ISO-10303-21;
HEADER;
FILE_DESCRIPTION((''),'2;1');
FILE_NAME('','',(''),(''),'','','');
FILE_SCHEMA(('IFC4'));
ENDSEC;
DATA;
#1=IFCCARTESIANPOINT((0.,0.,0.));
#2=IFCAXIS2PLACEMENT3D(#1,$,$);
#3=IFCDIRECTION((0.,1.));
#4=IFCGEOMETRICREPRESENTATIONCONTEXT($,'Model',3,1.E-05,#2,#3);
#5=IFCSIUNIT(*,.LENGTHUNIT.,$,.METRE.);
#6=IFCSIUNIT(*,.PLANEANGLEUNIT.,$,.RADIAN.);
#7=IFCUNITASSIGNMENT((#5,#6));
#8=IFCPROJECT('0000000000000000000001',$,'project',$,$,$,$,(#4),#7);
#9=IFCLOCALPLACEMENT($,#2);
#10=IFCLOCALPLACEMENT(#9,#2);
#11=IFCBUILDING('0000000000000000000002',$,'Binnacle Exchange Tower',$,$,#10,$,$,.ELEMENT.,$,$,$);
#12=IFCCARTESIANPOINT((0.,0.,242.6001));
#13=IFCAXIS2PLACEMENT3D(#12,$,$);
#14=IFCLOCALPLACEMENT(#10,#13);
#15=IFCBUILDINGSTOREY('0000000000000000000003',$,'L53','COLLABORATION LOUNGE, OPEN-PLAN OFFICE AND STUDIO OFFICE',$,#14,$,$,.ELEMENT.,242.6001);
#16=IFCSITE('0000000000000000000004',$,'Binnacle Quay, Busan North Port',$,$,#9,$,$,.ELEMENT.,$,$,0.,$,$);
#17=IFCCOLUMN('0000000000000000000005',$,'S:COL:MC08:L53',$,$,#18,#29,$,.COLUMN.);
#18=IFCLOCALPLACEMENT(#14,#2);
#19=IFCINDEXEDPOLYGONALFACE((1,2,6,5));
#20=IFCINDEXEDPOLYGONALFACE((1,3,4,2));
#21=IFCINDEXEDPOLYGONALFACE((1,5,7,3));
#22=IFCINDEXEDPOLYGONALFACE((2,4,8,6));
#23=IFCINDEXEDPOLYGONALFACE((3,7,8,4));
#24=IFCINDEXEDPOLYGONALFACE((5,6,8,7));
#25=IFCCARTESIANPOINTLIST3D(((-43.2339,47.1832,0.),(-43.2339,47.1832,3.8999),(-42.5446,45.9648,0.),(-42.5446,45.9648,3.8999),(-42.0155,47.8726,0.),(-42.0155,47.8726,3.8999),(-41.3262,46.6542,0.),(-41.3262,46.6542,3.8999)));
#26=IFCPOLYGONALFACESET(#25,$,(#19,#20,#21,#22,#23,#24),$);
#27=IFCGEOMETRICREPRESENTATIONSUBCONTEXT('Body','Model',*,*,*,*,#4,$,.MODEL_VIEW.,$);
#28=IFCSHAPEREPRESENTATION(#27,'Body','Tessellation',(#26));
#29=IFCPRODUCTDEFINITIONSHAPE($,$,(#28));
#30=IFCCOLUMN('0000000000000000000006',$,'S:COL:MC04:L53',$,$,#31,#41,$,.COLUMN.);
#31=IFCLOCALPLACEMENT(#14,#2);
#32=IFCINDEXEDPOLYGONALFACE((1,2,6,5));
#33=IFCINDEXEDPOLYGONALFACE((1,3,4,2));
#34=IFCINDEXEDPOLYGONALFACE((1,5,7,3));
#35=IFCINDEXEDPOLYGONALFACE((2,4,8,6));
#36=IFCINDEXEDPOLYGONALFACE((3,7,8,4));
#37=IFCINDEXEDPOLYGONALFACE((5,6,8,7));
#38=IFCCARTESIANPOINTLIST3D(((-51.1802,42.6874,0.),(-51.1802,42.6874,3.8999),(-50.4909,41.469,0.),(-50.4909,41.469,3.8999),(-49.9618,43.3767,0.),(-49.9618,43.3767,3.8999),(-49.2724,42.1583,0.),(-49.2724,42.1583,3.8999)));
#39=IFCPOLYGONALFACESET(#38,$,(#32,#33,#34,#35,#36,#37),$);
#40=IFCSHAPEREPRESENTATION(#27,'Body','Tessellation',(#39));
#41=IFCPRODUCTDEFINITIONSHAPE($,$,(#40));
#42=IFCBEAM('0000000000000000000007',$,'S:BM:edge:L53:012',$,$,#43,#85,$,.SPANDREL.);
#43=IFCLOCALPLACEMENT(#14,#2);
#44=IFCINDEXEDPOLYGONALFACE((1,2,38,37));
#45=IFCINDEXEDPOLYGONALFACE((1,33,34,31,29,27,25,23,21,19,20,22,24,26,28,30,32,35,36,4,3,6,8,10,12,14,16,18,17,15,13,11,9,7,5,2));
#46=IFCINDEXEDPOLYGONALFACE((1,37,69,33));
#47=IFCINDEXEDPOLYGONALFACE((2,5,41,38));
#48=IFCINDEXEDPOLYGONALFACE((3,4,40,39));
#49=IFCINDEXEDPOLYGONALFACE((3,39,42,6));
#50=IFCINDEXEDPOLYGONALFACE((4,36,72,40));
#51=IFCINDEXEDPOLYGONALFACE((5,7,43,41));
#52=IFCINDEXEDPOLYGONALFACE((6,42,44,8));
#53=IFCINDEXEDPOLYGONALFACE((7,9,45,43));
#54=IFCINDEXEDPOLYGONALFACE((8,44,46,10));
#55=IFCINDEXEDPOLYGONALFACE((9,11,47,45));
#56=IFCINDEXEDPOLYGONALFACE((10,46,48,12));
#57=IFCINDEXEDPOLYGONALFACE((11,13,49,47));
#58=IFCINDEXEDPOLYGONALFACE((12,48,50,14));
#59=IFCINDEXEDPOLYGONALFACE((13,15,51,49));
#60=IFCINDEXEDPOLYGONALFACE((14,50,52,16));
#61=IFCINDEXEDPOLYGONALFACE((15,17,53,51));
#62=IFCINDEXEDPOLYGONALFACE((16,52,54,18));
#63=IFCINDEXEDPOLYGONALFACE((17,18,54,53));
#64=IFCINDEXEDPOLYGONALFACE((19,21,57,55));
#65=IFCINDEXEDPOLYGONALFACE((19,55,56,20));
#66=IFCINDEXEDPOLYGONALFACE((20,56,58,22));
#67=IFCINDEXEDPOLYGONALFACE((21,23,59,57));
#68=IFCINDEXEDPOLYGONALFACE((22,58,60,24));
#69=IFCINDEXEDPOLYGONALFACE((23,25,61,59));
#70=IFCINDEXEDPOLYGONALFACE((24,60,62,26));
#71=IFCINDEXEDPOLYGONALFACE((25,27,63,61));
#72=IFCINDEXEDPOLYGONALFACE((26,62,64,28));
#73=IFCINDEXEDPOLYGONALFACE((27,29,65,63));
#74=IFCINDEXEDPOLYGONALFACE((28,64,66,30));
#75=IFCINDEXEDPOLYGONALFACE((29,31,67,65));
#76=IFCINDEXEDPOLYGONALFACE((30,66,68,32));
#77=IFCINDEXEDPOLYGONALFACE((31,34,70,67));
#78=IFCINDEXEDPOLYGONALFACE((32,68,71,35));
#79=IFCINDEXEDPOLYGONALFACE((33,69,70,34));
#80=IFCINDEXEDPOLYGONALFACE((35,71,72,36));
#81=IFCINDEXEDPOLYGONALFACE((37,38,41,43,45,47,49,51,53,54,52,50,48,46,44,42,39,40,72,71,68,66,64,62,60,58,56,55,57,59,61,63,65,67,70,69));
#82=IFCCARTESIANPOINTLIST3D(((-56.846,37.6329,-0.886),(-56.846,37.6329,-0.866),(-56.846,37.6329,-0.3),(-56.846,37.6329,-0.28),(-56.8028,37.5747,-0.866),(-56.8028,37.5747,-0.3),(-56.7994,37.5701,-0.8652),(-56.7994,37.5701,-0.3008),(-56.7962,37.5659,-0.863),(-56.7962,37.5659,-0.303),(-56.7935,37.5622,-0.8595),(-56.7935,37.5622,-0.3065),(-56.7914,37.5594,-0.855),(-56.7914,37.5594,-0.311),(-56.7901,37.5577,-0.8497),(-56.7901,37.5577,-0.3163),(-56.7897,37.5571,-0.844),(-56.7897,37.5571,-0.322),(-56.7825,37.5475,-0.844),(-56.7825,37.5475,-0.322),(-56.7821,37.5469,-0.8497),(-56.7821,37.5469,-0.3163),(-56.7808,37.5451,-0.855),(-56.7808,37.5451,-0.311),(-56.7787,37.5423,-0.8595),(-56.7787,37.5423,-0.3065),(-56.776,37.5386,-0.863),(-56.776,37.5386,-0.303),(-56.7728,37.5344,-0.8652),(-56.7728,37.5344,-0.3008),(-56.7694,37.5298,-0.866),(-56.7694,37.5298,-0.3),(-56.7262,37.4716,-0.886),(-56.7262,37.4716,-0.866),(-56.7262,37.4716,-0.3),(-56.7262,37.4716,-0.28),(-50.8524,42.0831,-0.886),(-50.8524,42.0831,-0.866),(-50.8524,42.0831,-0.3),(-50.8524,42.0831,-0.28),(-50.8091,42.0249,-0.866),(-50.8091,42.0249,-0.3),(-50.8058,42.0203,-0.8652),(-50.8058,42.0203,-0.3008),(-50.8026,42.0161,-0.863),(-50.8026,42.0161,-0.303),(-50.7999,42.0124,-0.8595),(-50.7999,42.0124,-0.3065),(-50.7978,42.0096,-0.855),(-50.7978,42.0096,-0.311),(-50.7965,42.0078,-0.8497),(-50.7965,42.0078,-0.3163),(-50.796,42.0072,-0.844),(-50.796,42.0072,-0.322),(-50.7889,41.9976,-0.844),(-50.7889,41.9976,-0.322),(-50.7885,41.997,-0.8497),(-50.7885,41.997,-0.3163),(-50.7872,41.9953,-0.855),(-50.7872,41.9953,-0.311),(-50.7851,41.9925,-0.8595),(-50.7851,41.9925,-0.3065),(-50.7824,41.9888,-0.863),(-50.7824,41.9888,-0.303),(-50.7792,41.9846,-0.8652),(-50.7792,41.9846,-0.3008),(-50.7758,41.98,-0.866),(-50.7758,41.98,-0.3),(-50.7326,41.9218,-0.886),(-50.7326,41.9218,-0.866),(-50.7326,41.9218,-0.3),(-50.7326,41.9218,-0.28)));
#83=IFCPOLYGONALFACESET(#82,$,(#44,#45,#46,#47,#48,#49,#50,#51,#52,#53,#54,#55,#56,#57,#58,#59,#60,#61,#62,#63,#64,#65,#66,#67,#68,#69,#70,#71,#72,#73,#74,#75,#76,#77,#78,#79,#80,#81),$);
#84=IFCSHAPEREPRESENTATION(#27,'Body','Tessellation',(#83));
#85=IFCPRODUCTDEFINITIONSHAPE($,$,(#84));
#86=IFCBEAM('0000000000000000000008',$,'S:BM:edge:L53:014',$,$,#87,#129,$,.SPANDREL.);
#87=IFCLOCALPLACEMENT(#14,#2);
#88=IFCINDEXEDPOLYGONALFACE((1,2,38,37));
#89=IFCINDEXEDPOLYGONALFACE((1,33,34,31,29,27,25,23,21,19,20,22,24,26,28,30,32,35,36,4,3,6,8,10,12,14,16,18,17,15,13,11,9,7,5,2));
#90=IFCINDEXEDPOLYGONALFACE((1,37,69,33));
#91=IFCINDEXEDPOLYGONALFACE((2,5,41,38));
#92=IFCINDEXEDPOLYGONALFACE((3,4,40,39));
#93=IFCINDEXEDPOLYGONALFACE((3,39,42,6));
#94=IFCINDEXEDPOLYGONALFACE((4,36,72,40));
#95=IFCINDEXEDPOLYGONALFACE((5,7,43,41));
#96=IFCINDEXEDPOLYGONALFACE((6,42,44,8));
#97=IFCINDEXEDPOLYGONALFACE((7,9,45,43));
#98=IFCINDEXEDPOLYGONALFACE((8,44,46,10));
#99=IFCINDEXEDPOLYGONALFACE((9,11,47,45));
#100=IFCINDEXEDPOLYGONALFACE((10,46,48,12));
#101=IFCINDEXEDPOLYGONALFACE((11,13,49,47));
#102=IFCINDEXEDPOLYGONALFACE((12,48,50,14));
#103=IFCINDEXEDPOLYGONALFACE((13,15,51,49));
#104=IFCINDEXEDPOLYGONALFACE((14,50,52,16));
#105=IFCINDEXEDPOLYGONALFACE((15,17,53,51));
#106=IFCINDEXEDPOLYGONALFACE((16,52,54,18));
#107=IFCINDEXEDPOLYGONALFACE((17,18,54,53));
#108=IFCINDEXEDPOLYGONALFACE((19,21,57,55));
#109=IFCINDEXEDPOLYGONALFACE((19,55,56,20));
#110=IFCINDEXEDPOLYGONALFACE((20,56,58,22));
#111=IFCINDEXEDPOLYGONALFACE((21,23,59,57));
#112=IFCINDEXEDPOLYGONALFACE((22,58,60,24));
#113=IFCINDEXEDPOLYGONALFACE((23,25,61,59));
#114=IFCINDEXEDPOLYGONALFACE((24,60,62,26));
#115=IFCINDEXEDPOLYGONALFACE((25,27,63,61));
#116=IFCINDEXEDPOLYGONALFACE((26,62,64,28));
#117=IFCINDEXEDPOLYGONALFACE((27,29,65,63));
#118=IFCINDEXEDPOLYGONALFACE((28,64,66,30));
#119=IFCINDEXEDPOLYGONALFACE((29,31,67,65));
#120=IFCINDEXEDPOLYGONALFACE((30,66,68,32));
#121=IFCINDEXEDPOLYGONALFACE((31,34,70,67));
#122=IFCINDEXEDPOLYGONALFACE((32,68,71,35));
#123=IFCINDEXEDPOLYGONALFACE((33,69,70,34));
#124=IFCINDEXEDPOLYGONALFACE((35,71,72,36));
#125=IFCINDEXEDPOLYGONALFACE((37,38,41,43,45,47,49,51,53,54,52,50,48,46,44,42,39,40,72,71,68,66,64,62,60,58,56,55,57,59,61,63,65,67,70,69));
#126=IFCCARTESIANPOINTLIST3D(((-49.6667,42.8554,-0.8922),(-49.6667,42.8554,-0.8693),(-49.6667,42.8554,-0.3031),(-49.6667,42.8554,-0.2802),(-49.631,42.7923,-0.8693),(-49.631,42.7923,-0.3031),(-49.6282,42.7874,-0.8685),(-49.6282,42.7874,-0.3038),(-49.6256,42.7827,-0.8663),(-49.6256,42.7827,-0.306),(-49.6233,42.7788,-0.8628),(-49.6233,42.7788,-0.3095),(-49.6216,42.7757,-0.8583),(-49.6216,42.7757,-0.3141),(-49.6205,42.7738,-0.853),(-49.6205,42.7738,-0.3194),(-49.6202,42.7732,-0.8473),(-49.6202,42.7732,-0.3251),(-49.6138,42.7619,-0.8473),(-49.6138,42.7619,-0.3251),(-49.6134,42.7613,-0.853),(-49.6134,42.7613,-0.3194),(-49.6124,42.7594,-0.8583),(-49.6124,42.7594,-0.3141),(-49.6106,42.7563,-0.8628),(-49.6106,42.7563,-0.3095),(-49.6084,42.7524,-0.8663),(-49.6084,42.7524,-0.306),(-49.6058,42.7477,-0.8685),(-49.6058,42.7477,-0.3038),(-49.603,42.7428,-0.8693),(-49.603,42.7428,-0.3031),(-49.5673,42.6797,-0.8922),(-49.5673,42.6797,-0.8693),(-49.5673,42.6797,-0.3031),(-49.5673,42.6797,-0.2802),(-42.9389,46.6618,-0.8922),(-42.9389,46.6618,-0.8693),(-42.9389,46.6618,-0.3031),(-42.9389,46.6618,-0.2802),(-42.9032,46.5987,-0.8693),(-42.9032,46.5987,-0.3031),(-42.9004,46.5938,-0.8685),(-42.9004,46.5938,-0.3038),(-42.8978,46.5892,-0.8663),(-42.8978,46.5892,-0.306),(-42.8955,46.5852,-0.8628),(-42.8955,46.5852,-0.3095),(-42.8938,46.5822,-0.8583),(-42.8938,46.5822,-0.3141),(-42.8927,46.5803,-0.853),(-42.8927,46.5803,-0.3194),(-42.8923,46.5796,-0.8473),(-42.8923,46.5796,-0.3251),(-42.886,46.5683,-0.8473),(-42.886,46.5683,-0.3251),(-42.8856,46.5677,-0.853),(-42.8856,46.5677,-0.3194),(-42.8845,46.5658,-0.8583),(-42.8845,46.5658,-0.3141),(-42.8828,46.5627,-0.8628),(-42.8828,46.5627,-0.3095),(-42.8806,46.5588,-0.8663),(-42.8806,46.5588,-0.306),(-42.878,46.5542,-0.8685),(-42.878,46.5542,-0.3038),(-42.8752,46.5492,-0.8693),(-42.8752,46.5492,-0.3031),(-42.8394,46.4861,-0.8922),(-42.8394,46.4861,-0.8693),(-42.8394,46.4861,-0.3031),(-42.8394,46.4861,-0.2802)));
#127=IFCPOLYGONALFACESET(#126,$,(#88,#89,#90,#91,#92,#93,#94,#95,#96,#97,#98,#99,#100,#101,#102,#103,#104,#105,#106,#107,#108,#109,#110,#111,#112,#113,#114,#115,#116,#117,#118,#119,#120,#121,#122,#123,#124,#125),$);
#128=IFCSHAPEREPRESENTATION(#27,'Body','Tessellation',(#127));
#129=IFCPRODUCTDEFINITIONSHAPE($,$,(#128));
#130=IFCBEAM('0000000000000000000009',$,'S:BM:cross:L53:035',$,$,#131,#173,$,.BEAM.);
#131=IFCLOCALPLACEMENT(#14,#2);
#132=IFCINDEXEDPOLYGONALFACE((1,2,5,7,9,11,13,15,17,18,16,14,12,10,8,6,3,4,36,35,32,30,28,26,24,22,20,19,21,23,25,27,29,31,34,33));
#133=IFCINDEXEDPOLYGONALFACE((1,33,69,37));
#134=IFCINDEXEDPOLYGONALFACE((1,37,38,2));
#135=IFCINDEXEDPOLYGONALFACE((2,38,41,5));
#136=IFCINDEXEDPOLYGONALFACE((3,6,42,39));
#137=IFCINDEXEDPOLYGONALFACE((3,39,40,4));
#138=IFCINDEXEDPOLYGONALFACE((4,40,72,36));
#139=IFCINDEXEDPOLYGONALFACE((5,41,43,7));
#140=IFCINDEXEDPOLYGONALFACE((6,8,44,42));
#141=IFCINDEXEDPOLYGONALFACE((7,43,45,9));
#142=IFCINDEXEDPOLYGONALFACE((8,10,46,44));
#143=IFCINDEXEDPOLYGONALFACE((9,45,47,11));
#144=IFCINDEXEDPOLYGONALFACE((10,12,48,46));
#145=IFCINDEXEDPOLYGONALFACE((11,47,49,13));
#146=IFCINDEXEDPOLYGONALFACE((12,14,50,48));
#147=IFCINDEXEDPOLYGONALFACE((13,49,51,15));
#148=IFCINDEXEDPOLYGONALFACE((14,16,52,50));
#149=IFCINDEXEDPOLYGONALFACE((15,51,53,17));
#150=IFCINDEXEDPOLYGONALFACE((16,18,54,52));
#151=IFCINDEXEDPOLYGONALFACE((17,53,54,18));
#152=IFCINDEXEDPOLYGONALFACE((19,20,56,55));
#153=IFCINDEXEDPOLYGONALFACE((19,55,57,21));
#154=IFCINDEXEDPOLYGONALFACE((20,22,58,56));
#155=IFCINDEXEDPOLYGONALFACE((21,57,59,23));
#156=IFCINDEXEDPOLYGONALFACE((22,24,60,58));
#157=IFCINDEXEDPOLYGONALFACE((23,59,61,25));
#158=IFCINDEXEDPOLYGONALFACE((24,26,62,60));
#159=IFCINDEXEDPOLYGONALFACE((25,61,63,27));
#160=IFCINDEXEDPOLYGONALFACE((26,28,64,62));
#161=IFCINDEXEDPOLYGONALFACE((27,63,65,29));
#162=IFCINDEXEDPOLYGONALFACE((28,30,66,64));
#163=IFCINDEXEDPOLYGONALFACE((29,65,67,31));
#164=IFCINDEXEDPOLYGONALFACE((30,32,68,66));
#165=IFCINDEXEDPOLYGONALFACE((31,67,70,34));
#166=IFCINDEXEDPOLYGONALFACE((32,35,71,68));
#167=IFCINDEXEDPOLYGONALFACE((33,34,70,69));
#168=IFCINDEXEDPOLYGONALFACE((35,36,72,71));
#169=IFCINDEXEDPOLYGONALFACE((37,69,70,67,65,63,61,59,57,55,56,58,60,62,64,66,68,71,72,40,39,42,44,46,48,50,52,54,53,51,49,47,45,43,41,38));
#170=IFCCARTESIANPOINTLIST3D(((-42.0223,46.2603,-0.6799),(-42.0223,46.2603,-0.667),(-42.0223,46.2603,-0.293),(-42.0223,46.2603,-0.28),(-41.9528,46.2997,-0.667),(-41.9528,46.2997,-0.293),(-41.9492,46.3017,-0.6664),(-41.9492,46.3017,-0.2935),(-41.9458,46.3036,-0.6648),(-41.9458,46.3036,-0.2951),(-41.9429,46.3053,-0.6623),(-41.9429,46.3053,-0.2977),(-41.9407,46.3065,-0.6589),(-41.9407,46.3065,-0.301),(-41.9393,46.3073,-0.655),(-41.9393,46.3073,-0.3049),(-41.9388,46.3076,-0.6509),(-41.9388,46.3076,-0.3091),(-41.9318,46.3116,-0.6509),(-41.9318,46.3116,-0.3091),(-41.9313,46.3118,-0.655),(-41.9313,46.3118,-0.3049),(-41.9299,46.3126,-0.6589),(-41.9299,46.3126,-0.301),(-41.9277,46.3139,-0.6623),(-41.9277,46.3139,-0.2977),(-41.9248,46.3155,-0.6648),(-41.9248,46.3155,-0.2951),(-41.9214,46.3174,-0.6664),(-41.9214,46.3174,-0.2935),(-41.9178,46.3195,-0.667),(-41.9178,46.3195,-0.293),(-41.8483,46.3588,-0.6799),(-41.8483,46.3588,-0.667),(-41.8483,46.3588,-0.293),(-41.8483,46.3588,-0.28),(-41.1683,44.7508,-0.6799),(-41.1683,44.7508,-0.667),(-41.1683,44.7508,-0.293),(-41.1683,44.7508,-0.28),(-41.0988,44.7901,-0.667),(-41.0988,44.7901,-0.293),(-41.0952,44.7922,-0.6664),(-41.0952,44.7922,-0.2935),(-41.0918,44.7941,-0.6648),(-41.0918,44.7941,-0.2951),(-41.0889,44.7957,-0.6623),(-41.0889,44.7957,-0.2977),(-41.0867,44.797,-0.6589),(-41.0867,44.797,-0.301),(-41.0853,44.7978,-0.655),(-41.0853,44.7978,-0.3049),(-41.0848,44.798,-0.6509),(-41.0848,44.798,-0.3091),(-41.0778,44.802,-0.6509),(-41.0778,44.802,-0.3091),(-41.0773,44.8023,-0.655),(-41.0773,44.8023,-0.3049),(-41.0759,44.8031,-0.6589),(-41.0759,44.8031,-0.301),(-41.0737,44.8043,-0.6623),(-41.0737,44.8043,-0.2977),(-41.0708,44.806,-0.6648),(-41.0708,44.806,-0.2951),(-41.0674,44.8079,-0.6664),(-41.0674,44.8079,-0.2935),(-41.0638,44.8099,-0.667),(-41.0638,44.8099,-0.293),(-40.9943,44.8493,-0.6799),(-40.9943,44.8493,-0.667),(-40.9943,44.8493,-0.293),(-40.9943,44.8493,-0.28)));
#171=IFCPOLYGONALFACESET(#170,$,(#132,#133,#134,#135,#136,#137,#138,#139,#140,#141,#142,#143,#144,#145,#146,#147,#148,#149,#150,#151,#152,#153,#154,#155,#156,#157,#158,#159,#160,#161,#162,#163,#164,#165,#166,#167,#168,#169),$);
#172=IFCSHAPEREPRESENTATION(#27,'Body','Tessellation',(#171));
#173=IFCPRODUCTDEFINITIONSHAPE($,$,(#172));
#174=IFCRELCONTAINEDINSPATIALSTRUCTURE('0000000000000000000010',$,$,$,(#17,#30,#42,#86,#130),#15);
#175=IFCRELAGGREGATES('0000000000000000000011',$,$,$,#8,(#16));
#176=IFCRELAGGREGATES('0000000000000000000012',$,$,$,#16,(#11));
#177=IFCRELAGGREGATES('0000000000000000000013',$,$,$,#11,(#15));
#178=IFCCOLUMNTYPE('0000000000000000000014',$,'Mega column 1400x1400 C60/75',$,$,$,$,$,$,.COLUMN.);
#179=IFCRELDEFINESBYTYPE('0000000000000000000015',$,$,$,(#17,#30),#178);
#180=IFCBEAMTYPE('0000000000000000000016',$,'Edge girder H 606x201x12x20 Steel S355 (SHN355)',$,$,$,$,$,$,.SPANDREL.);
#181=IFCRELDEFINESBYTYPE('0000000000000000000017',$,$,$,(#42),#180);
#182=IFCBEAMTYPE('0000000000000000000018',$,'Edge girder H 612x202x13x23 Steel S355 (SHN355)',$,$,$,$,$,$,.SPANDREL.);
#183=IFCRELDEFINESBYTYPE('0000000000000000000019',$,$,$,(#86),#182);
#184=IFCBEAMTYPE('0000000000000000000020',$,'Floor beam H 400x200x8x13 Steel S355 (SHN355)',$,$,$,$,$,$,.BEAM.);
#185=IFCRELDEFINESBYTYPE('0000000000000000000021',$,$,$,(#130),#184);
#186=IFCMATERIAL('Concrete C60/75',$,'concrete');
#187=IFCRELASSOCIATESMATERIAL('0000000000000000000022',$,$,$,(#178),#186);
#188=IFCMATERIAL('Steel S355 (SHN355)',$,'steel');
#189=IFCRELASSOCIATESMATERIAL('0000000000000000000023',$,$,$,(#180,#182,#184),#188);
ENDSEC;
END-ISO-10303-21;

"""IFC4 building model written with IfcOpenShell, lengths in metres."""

from ifc_helpers import new_model, si_unit, direction, frame, origin, origin_2d, place, context, subcontext, project, spatial, rectangle, i_section, extrude, material, material_profile, profile_set, type_object, element, save


model = new_model("IFC4")

# Units and contexts
model_context = context("Model", 3, precision=1e-05, world=origin(), true_north=direction((0.0, 1.0)))
body_context = subcontext(model_context, "Body", "Model", "MODEL_VIEW")
ifc_project = project(units=[si_unit("LENGTHUNIT", "METRE"), si_unit("PLANEANGLEUNIT", "RADIAN")], contexts=[model_context])

# Site, building, storey
site_placement = place(None, origin())
site = spatial("IfcSite", under=ifc_project, at=site_placement, Name="Binnacle Quay, Busan North Port", CompositionType="ELEMENT", RefElevation=0.0)
building_placement = place(site_placement, origin())
building = spatial("IfcBuilding", under=site, at=building_placement, Name="Binnacle Exchange Tower", CompositionType="ELEMENT")
storey_placement = place(building_placement, frame((0.0, 0.0, 242.6001)))
storey = spatial("IfcBuildingStorey", under=building, at=storey_placement, Name="L53", Description="COLLABORATION LOUNGE, OPEN-PLAN OFFICE AND STUDIO OFFICE", CompositionType="ELEMENT", Elevation=242.6001)

# Columns
ifc_material_1 = material(Name="Concrete C60/75", Category="concrete")
ifc_material_profile_1 = material_profile(ifc_material_1, rectangle(XDim=1.3999, YDim=1.3999, at=origin_2d()), Name="Mega column 1400x1400 C60/75")
ifc_profile_set_1 = profile_set([ifc_material_profile_1], Name="Concrete C60/75")
column_type = type_object("IfcColumnType", Name="Mega column 1400x1400 C60/75", PredefinedType="COLUMN", material=ifc_profile_set_1)
for number, where, z_axis, x_axis, name in (
    (1, (-42.28, 46.9187, 0.0), (0.0, 0.0, 1.0), (-0.870356, -0.492424, 0.0), "S:COL:MC08:L53"),
    (2, (-50.2263, 42.4229, 0.0), (0.0, 0.0, 1.0), (-0.870356, -0.492424, 0.0), "S:COL:MC04:L53"),
):
    element("IfcColumn", number, at=place(storey_placement, frame(where, z_axis=z_axis, x_axis=x_axis)), inside=storey, type_object=column_type, Name=name, PredefinedType="COLUMN", context=body_context, shape_type="SweptSolid", body=[
        extrude(rectangle(XDim=1.3999, YDim=1.3999, at=origin_2d()), origin(), (0.0, 0.0, 1.0), 3.8999),
    ])

# Beams
ifc_material_2 = material(Name="Steel S355 (SHN355)", Category="steel")
ifc_material_profile_2 = material_profile(ifc_material_2, i_section(OverallWidth=0.2009, OverallDepth=0.606, WebThickness=0.012, FlangeThickness=0.02, FilletRadius=0.022, at=origin_2d()), Name="H 606x201x12x20")
ifc_profile_set_2 = profile_set([ifc_material_profile_2], Name="Steel S355 (SHN355)")
beam_type_1 = type_object("IfcBeamType", Name="Edge girder H 606x201x12x20 Steel S355 (SHN355)", PredefinedType="SPANDREL", material=ifc_profile_set_2)
beam_1_placement = place(storey_placement, frame((-50.7925, 42.0024, -0.583), z_axis=(-0.802887, -0.596131, 0.0), x_axis=(0.596131, -0.802887, 0.0)))
element("IfcBeam", 3, at=beam_1_placement, inside=storey, type_object=beam_type_1, Name="S:BM:edge:L53:012", PredefinedType="SPANDREL", context=body_context, shape_type="SweptSolid", body=[
    extrude(i_section(OverallWidth=0.2009, OverallDepth=0.606, WebThickness=0.012, FlangeThickness=0.02, FilletRadius=0.022, at=origin_2d()), origin(), (0.0, 0.0, 1.0), 7.4651),
])
ifc_material_profile_3 = material_profile(ifc_material_2, i_section(OverallWidth=0.2019, OverallDepth=0.6121, WebThickness=0.0129, FlangeThickness=0.0229, FilletRadius=0.022, at=origin_2d()), Name="H 612x202x13x23")
ifc_profile_set_3 = profile_set([ifc_material_profile_3], Name="Steel S355 (SHN355)")
beam_type_2 = type_object("IfcBeamType", Name="Edge girder H 612x202x13x23 Steel S355 (SHN355)", PredefinedType="SPANDREL", material=ifc_profile_set_3)
beam_2_placement = place(storey_placement, frame((-42.8892, 46.574, -0.5862), z_axis=(-0.870356, -0.492424, 0.0), x_axis=(0.492424, -0.870356, 0.0)))
element("IfcBeam", 4, at=beam_2_placement, inside=storey, type_object=beam_type_2, Name="S:BM:edge:L53:014", PredefinedType="SPANDREL", context=body_context, shape_type="SweptSolid", body=[
    extrude(i_section(OverallWidth=0.2019, OverallDepth=0.6121, WebThickness=0.0129, FlangeThickness=0.0229, FilletRadius=0.022, at=origin_2d()), origin(), (0.0, 0.0, 1.0), 7.73),
])
ifc_material_profile_4 = material_profile(ifc_material_2, i_section(OverallWidth=0.2, OverallDepth=0.3999, WebThickness=0.0081, FlangeThickness=0.0129, FilletRadius=0.0161, at=origin_2d()), Name="H 400x200x8x13")
ifc_profile_set_4 = profile_set([ifc_material_profile_4], Name="Steel S355 (SHN355)")
beam_type_3 = type_object("IfcBeamType", Name="Floor beam H 400x200x8x13 Steel S355 (SHN355)", PredefinedType="BEAM", material=ifc_profile_set_4)
beam_3_placement = place(storey_placement, frame((-41.9353, 46.3096, -0.48), z_axis=(0.492405, -0.870366, 0.0), x_axis=(0.870366, 0.492405, 0.0)))
element("IfcBeam", 5, at=beam_3_placement, inside=storey, type_object=beam_type_3, Name="S:BM:cross:L53:035", PredefinedType="BEAM", context=body_context, shape_type="SweptSolid", body=[
    extrude(i_section(OverallWidth=0.2, OverallDepth=0.3999, WebThickness=0.0081, FlangeThickness=0.0129, FilletRadius=0.0161, at=origin_2d()), origin(), (0.0, 0.0, 1.0), 1.7344),
])

save(model, "model.ifc")
